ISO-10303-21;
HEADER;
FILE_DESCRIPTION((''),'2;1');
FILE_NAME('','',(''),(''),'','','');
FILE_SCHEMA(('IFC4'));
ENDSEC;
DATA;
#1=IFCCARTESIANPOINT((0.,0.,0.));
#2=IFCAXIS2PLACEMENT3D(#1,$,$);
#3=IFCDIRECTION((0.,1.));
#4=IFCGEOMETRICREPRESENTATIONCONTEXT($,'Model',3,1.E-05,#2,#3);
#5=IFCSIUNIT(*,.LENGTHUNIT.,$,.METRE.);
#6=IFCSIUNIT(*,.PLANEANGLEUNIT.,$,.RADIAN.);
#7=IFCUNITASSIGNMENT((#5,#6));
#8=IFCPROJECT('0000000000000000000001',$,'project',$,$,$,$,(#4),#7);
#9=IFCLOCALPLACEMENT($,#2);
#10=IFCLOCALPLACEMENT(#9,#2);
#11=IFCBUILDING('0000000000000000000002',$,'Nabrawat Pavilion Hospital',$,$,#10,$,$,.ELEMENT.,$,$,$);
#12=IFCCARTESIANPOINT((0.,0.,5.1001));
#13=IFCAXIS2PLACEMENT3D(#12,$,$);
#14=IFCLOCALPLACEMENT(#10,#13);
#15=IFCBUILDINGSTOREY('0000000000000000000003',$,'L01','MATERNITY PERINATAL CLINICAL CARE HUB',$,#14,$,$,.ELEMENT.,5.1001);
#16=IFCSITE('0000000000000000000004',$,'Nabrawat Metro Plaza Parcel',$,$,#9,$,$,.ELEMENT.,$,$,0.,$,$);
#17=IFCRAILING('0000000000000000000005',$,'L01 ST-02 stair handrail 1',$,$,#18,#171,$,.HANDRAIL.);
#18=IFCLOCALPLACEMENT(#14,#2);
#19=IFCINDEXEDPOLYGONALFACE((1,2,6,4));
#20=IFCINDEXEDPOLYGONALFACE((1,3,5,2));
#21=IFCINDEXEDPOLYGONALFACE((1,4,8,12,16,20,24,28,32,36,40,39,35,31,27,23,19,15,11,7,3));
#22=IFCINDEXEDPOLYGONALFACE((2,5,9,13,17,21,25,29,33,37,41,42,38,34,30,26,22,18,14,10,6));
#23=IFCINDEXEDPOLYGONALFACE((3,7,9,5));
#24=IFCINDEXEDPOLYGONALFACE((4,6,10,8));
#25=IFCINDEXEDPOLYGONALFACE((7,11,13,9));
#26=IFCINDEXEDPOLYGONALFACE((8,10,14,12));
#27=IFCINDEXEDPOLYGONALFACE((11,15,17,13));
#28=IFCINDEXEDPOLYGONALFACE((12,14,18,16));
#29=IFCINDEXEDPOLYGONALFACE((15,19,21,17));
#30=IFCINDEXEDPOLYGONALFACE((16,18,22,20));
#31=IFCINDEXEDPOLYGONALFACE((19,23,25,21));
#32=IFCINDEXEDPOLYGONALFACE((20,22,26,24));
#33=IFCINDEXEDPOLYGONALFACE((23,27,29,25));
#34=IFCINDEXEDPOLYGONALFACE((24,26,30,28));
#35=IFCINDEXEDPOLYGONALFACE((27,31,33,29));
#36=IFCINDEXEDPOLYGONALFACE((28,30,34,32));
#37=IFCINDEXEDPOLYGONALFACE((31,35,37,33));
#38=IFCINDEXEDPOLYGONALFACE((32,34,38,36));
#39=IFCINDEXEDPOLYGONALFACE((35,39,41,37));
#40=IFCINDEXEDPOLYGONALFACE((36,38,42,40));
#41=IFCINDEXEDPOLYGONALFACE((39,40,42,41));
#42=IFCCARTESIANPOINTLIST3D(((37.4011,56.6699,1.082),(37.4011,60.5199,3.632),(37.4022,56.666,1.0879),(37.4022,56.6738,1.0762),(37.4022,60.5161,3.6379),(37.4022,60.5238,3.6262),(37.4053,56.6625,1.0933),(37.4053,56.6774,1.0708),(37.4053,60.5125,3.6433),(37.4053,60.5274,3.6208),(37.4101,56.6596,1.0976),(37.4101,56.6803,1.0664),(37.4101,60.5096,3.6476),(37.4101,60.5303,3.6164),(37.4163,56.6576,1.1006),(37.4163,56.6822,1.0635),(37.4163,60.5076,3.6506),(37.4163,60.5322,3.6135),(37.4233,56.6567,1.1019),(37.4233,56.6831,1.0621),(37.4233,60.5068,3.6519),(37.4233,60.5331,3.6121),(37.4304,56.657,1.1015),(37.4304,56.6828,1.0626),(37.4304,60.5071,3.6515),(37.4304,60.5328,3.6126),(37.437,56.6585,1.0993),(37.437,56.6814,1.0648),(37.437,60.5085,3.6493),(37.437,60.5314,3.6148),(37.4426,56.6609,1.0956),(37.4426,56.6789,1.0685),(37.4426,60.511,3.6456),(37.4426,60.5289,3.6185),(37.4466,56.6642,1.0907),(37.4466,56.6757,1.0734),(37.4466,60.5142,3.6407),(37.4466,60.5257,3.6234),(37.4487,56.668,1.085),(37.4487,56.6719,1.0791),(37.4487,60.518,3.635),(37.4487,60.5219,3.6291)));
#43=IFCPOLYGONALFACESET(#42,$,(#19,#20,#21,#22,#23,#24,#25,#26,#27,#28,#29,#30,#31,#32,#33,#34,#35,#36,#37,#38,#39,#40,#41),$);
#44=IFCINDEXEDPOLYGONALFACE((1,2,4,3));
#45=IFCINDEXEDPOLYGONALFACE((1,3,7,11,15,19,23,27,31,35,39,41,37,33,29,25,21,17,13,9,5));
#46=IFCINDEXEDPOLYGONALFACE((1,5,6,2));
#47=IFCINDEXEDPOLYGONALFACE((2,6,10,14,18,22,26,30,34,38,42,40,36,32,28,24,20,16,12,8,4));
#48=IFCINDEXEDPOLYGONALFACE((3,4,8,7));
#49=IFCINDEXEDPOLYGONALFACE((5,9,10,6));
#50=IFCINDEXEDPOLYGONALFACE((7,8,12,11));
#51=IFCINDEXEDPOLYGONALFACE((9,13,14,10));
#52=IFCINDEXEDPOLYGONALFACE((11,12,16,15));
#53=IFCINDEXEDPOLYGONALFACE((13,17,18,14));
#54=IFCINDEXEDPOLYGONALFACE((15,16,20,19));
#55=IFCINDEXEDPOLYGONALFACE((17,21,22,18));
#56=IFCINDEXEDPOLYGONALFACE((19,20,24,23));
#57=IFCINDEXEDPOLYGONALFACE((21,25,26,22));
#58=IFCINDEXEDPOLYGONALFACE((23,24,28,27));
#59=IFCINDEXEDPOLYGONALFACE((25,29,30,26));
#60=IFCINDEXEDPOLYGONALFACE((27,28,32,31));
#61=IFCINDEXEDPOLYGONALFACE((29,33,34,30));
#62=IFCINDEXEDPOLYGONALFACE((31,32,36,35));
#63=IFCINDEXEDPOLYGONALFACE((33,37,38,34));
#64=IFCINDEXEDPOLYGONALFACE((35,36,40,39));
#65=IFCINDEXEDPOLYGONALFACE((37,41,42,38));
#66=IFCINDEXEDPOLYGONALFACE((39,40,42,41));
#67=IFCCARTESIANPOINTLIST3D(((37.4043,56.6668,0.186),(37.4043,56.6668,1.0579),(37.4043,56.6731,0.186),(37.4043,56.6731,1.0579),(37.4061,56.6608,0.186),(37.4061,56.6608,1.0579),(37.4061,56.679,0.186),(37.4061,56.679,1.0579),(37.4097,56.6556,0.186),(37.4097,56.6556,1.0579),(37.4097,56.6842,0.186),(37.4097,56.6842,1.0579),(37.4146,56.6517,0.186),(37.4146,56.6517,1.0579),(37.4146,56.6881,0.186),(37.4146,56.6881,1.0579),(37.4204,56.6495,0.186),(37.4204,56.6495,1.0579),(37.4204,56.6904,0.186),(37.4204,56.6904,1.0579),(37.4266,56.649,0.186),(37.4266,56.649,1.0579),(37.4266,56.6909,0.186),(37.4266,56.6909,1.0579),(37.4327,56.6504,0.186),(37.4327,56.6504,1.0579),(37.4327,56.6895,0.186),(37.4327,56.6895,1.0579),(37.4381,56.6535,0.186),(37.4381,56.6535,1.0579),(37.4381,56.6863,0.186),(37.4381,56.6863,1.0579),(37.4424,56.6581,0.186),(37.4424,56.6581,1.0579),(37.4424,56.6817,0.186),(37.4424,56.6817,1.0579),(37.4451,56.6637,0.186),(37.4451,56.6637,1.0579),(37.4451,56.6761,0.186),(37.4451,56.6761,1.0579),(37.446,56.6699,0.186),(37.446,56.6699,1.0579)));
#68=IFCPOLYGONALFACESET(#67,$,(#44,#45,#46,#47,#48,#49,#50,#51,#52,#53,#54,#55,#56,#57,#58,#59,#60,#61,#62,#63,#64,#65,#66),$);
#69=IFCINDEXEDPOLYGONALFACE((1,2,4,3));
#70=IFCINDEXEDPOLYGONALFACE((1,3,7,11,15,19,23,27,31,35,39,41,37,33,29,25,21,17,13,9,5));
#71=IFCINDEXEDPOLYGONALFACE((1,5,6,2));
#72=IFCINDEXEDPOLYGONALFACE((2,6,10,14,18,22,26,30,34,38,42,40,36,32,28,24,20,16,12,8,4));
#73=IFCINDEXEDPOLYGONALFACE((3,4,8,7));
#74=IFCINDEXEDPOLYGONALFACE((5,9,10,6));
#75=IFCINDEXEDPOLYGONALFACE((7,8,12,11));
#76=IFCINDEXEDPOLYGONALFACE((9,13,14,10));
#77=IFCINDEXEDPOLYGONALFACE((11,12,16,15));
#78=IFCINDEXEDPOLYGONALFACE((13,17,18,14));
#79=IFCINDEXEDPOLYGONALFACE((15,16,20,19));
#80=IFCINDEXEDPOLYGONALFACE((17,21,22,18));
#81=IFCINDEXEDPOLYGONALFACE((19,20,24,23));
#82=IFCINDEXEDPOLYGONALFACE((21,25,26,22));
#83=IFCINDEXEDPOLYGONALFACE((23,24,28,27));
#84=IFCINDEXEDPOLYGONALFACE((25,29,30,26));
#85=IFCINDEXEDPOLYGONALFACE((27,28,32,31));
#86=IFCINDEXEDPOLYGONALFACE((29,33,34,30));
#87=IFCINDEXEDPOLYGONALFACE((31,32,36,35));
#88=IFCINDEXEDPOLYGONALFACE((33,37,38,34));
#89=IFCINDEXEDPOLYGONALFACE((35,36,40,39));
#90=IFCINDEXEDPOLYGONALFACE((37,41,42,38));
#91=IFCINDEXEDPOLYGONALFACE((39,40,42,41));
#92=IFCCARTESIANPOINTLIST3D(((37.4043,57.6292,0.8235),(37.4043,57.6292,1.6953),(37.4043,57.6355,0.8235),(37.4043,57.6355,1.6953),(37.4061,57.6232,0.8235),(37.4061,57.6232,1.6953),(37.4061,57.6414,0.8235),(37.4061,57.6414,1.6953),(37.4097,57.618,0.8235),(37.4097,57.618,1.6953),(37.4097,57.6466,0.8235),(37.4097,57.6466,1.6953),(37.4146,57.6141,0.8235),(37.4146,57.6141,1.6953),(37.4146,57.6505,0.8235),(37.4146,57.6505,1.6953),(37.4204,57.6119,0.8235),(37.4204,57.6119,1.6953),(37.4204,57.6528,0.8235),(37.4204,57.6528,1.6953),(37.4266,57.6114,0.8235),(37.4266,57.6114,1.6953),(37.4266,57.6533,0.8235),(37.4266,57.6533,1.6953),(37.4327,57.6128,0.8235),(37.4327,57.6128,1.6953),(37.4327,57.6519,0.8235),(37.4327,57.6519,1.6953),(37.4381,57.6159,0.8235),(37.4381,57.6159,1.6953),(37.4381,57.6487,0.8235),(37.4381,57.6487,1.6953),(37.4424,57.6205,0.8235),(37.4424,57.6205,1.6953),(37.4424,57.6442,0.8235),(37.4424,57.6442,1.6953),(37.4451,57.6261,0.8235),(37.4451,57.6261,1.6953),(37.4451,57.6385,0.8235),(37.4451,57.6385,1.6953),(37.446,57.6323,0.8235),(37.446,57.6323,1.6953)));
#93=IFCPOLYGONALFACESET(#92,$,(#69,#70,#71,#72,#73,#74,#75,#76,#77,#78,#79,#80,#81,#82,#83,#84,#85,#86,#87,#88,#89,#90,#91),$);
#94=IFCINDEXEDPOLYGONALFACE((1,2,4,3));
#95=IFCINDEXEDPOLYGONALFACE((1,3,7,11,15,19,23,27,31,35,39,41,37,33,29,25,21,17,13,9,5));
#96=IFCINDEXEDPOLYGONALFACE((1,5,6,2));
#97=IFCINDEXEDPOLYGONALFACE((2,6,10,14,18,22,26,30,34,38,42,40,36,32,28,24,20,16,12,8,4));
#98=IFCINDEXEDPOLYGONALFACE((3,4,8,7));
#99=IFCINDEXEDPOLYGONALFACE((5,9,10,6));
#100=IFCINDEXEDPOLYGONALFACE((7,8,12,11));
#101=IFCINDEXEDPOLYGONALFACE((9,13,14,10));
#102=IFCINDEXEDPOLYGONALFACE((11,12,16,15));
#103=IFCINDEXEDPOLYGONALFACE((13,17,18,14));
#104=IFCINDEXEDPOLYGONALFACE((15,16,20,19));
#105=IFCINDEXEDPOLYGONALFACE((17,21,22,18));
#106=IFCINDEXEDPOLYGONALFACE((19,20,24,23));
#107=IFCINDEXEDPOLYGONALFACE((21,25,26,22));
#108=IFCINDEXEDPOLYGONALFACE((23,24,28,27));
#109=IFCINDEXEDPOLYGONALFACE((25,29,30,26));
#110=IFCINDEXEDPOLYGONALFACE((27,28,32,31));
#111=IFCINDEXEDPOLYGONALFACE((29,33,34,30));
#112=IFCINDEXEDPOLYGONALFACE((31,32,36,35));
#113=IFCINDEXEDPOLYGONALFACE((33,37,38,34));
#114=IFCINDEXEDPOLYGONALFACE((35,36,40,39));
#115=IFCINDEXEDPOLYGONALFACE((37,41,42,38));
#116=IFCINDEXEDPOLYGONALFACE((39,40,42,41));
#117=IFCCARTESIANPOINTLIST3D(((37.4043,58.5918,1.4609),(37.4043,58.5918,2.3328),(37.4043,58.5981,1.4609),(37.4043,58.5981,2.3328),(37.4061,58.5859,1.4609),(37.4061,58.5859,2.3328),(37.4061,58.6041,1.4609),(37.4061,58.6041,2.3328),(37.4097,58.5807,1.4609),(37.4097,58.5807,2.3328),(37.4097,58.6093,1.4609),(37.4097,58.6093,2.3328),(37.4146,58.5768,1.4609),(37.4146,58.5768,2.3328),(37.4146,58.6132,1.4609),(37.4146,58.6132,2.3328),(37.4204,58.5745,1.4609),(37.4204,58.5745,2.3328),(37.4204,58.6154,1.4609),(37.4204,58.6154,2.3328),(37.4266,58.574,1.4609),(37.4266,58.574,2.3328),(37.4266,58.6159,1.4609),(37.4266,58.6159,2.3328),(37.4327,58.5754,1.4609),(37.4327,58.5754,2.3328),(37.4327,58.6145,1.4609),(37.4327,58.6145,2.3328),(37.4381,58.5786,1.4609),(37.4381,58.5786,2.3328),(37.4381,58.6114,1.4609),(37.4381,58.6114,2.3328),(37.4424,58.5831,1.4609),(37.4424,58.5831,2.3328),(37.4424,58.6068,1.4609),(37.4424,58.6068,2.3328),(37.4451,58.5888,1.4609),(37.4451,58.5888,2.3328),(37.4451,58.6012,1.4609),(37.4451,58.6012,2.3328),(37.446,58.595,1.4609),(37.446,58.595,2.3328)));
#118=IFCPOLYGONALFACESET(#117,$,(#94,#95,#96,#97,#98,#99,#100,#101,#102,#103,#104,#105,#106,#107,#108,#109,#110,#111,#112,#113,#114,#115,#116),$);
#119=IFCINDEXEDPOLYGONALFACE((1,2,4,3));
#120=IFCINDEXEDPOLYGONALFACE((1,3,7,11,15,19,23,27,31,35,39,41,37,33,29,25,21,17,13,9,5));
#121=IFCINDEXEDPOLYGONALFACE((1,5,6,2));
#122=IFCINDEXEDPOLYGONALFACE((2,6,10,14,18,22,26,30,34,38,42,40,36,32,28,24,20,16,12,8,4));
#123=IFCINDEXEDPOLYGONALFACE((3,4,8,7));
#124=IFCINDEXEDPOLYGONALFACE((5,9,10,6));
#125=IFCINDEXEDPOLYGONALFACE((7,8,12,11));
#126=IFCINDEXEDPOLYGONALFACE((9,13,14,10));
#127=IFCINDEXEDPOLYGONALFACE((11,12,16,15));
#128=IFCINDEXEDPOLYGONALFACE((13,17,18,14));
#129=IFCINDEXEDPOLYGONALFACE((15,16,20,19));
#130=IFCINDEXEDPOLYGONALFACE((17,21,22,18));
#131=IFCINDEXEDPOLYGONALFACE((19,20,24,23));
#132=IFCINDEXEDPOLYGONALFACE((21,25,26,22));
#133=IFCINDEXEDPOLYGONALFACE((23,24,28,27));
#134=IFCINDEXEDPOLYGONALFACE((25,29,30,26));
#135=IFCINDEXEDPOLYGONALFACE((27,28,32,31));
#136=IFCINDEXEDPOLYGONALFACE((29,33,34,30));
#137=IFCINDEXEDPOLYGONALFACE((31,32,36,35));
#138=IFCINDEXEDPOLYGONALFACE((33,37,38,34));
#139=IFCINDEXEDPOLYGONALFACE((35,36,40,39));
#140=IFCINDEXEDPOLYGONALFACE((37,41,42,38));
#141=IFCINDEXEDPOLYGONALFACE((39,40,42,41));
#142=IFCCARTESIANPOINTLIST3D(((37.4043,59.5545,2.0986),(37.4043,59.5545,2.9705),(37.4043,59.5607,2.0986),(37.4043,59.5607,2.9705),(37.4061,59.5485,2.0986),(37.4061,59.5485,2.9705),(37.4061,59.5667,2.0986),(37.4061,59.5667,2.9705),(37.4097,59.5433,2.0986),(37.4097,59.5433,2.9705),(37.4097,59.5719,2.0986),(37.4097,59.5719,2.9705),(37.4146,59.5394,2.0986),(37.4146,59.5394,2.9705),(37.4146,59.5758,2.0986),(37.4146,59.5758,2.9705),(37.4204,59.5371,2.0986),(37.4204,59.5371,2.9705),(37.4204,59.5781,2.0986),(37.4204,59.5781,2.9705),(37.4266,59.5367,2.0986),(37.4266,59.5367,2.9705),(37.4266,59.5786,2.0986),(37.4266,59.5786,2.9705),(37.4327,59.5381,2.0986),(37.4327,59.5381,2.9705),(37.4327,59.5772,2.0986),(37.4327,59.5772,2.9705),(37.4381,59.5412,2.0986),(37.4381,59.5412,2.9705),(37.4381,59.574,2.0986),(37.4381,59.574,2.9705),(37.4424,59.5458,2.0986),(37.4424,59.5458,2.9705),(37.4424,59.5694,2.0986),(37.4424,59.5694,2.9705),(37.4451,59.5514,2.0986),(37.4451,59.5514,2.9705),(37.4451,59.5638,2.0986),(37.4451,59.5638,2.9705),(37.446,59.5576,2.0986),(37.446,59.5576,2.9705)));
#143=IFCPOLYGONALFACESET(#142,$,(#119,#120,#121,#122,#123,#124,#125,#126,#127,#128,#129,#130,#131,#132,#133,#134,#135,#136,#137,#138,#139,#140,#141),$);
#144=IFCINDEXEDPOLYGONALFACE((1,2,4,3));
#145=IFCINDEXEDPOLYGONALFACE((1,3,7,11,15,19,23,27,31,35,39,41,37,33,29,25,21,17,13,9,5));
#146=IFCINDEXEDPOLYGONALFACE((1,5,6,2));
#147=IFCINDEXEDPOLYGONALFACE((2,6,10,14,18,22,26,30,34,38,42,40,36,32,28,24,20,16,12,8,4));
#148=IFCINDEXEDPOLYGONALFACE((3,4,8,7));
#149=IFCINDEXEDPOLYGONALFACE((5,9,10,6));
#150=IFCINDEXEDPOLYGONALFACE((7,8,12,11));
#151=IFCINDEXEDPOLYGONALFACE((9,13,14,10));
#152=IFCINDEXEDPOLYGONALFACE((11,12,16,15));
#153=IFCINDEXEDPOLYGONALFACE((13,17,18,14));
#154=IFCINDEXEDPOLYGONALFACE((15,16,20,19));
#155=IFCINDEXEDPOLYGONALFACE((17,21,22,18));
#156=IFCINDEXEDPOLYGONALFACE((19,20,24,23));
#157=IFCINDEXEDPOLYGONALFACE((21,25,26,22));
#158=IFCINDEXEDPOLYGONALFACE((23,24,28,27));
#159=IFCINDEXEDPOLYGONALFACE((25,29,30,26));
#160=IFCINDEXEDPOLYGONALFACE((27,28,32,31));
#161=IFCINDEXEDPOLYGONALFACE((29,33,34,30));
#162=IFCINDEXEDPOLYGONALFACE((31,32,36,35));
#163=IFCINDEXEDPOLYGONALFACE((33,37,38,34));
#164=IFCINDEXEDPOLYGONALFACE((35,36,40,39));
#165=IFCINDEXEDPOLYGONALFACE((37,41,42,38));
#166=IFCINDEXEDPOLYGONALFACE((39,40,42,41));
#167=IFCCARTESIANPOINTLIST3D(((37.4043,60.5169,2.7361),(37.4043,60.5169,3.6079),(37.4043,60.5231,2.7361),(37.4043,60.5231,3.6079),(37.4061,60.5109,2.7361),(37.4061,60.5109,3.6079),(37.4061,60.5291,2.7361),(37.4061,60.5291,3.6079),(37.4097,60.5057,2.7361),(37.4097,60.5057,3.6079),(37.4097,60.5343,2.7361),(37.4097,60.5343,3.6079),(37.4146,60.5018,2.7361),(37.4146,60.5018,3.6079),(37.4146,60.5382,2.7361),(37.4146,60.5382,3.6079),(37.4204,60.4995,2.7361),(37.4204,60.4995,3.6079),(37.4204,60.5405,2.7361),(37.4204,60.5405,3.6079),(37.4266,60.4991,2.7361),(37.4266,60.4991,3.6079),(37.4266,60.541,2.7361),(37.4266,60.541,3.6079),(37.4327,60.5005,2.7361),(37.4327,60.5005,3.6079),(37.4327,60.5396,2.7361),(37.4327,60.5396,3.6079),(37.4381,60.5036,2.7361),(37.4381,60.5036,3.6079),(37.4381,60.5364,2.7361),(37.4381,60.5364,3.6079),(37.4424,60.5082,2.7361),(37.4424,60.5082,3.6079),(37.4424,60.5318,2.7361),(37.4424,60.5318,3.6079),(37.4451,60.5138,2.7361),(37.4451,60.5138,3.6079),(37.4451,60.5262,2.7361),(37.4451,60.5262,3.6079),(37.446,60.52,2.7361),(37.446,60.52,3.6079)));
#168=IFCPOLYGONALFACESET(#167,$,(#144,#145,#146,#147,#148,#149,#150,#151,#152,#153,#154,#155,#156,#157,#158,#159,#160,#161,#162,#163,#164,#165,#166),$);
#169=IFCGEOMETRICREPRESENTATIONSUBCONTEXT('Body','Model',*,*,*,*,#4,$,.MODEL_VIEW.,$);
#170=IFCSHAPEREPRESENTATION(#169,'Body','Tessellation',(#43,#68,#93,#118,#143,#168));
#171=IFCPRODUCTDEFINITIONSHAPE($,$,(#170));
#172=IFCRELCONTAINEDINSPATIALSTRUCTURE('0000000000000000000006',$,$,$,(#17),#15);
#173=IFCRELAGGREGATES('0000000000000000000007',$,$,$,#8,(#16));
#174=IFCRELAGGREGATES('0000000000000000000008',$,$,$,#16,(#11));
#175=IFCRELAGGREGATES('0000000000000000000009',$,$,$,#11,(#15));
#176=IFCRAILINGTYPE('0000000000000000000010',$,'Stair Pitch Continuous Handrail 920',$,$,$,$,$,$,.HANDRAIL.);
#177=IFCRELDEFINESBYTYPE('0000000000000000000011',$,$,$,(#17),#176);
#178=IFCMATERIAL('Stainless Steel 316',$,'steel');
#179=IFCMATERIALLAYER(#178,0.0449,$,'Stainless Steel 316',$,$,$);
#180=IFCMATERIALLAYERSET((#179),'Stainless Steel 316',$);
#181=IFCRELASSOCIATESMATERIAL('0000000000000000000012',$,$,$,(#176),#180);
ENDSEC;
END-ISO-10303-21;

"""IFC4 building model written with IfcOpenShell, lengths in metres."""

from ifc_helpers import new_model, si_unit, direction, frame, origin, origin_2d, place, context, subcontext, project, spatial, circle, extrude, material, layer, layer_set, type_object, element, save


model = new_model("IFC4")

# Units and contexts
model_context = context("Model", 3, precision=1e-05, world=origin(), true_north=direction((0.0, 1.0)))
body_context = subcontext(model_context, "Body", "Model", "MODEL_VIEW")
ifc_project = project(units=[si_unit("LENGTHUNIT", "METRE"), si_unit("PLANEANGLEUNIT", "RADIAN")], contexts=[model_context])

# Site, building, storey
site_placement = place(None, origin())
site = spatial("IfcSite", under=ifc_project, at=site_placement, Name="Nabrawat Metro Plaza Parcel", CompositionType="ELEMENT", RefElevation=0.0)
building_placement = place(site_placement, origin())
building = spatial("IfcBuilding", under=site, at=building_placement, Name="Nabrawat Pavilion Hospital", CompositionType="ELEMENT")
storey_placement = place(building_placement, frame((0.0, 0.0, 5.1001)))
storey = spatial("IfcBuildingStorey", under=building, at=storey_placement, Name="L01", Description="MATERNITY PERINATAL CLINICAL CARE HUB", CompositionType="ELEMENT", Elevation=5.1001)

# Railing
ifc_material_1 = material(Name="Stainless Steel 316", Category="steel")
ifc_layer_1 = layer(ifc_material_1, 0.0449, Name="Stainless Steel 316")
ifc_layer_set_1 = layer_set([ifc_layer_1], Name="Stainless Steel 316")
railing_type_1 = type_object("IfcRailingType", Name="Stair Pitch Continuous Handrail 920", PredefinedType="HANDRAIL", material=ifc_layer_set_1)
railing_1_placement = place(storey_placement, frame((37.425, 56.6699, 0.186)))
element("IfcRailing", 1, at=railing_1_placement, inside=storey, type_object=railing_type_1, Name="L01 ST-02 stair handrail 1", PredefinedType="HANDRAIL", context=body_context, shape_type="SweptSolid", body=[
    extrude(circle(Radius=0.0239, at=origin_2d()), frame((0.0, 0.0, 0.896), z_axis=(0.0, 0.833714, 0.552197), x_axis=(-1.0, 0.0, 0.0)), (0.0, 0.0, 1.0), 4.6179),
    extrude(circle(Radius=0.021, at=origin_2d()), origin(), (0.0, 0.0, 1.0), 0.8718),
    extrude(circle(Radius=0.021, at=origin_2d()), frame((0.0, 0.9624, 0.6375)), (0.0, 0.0, 1.0), 0.8718),
    extrude(circle(Radius=0.021, at=origin_2d()), frame((0.0, 1.925, 1.2749)), (0.0, 0.0, 1.0), 0.8718),
    extrude(circle(Radius=0.021, at=origin_2d()), frame((0.0, 2.8877, 1.9126)), (0.0, 0.0, 1.0), 0.8718),
    extrude(circle(Radius=0.021, at=origin_2d()), frame((0.0, 3.8501, 2.55)), (0.0, 0.0, 1.0), 0.8718),
])

save(model, "model.ifc")
